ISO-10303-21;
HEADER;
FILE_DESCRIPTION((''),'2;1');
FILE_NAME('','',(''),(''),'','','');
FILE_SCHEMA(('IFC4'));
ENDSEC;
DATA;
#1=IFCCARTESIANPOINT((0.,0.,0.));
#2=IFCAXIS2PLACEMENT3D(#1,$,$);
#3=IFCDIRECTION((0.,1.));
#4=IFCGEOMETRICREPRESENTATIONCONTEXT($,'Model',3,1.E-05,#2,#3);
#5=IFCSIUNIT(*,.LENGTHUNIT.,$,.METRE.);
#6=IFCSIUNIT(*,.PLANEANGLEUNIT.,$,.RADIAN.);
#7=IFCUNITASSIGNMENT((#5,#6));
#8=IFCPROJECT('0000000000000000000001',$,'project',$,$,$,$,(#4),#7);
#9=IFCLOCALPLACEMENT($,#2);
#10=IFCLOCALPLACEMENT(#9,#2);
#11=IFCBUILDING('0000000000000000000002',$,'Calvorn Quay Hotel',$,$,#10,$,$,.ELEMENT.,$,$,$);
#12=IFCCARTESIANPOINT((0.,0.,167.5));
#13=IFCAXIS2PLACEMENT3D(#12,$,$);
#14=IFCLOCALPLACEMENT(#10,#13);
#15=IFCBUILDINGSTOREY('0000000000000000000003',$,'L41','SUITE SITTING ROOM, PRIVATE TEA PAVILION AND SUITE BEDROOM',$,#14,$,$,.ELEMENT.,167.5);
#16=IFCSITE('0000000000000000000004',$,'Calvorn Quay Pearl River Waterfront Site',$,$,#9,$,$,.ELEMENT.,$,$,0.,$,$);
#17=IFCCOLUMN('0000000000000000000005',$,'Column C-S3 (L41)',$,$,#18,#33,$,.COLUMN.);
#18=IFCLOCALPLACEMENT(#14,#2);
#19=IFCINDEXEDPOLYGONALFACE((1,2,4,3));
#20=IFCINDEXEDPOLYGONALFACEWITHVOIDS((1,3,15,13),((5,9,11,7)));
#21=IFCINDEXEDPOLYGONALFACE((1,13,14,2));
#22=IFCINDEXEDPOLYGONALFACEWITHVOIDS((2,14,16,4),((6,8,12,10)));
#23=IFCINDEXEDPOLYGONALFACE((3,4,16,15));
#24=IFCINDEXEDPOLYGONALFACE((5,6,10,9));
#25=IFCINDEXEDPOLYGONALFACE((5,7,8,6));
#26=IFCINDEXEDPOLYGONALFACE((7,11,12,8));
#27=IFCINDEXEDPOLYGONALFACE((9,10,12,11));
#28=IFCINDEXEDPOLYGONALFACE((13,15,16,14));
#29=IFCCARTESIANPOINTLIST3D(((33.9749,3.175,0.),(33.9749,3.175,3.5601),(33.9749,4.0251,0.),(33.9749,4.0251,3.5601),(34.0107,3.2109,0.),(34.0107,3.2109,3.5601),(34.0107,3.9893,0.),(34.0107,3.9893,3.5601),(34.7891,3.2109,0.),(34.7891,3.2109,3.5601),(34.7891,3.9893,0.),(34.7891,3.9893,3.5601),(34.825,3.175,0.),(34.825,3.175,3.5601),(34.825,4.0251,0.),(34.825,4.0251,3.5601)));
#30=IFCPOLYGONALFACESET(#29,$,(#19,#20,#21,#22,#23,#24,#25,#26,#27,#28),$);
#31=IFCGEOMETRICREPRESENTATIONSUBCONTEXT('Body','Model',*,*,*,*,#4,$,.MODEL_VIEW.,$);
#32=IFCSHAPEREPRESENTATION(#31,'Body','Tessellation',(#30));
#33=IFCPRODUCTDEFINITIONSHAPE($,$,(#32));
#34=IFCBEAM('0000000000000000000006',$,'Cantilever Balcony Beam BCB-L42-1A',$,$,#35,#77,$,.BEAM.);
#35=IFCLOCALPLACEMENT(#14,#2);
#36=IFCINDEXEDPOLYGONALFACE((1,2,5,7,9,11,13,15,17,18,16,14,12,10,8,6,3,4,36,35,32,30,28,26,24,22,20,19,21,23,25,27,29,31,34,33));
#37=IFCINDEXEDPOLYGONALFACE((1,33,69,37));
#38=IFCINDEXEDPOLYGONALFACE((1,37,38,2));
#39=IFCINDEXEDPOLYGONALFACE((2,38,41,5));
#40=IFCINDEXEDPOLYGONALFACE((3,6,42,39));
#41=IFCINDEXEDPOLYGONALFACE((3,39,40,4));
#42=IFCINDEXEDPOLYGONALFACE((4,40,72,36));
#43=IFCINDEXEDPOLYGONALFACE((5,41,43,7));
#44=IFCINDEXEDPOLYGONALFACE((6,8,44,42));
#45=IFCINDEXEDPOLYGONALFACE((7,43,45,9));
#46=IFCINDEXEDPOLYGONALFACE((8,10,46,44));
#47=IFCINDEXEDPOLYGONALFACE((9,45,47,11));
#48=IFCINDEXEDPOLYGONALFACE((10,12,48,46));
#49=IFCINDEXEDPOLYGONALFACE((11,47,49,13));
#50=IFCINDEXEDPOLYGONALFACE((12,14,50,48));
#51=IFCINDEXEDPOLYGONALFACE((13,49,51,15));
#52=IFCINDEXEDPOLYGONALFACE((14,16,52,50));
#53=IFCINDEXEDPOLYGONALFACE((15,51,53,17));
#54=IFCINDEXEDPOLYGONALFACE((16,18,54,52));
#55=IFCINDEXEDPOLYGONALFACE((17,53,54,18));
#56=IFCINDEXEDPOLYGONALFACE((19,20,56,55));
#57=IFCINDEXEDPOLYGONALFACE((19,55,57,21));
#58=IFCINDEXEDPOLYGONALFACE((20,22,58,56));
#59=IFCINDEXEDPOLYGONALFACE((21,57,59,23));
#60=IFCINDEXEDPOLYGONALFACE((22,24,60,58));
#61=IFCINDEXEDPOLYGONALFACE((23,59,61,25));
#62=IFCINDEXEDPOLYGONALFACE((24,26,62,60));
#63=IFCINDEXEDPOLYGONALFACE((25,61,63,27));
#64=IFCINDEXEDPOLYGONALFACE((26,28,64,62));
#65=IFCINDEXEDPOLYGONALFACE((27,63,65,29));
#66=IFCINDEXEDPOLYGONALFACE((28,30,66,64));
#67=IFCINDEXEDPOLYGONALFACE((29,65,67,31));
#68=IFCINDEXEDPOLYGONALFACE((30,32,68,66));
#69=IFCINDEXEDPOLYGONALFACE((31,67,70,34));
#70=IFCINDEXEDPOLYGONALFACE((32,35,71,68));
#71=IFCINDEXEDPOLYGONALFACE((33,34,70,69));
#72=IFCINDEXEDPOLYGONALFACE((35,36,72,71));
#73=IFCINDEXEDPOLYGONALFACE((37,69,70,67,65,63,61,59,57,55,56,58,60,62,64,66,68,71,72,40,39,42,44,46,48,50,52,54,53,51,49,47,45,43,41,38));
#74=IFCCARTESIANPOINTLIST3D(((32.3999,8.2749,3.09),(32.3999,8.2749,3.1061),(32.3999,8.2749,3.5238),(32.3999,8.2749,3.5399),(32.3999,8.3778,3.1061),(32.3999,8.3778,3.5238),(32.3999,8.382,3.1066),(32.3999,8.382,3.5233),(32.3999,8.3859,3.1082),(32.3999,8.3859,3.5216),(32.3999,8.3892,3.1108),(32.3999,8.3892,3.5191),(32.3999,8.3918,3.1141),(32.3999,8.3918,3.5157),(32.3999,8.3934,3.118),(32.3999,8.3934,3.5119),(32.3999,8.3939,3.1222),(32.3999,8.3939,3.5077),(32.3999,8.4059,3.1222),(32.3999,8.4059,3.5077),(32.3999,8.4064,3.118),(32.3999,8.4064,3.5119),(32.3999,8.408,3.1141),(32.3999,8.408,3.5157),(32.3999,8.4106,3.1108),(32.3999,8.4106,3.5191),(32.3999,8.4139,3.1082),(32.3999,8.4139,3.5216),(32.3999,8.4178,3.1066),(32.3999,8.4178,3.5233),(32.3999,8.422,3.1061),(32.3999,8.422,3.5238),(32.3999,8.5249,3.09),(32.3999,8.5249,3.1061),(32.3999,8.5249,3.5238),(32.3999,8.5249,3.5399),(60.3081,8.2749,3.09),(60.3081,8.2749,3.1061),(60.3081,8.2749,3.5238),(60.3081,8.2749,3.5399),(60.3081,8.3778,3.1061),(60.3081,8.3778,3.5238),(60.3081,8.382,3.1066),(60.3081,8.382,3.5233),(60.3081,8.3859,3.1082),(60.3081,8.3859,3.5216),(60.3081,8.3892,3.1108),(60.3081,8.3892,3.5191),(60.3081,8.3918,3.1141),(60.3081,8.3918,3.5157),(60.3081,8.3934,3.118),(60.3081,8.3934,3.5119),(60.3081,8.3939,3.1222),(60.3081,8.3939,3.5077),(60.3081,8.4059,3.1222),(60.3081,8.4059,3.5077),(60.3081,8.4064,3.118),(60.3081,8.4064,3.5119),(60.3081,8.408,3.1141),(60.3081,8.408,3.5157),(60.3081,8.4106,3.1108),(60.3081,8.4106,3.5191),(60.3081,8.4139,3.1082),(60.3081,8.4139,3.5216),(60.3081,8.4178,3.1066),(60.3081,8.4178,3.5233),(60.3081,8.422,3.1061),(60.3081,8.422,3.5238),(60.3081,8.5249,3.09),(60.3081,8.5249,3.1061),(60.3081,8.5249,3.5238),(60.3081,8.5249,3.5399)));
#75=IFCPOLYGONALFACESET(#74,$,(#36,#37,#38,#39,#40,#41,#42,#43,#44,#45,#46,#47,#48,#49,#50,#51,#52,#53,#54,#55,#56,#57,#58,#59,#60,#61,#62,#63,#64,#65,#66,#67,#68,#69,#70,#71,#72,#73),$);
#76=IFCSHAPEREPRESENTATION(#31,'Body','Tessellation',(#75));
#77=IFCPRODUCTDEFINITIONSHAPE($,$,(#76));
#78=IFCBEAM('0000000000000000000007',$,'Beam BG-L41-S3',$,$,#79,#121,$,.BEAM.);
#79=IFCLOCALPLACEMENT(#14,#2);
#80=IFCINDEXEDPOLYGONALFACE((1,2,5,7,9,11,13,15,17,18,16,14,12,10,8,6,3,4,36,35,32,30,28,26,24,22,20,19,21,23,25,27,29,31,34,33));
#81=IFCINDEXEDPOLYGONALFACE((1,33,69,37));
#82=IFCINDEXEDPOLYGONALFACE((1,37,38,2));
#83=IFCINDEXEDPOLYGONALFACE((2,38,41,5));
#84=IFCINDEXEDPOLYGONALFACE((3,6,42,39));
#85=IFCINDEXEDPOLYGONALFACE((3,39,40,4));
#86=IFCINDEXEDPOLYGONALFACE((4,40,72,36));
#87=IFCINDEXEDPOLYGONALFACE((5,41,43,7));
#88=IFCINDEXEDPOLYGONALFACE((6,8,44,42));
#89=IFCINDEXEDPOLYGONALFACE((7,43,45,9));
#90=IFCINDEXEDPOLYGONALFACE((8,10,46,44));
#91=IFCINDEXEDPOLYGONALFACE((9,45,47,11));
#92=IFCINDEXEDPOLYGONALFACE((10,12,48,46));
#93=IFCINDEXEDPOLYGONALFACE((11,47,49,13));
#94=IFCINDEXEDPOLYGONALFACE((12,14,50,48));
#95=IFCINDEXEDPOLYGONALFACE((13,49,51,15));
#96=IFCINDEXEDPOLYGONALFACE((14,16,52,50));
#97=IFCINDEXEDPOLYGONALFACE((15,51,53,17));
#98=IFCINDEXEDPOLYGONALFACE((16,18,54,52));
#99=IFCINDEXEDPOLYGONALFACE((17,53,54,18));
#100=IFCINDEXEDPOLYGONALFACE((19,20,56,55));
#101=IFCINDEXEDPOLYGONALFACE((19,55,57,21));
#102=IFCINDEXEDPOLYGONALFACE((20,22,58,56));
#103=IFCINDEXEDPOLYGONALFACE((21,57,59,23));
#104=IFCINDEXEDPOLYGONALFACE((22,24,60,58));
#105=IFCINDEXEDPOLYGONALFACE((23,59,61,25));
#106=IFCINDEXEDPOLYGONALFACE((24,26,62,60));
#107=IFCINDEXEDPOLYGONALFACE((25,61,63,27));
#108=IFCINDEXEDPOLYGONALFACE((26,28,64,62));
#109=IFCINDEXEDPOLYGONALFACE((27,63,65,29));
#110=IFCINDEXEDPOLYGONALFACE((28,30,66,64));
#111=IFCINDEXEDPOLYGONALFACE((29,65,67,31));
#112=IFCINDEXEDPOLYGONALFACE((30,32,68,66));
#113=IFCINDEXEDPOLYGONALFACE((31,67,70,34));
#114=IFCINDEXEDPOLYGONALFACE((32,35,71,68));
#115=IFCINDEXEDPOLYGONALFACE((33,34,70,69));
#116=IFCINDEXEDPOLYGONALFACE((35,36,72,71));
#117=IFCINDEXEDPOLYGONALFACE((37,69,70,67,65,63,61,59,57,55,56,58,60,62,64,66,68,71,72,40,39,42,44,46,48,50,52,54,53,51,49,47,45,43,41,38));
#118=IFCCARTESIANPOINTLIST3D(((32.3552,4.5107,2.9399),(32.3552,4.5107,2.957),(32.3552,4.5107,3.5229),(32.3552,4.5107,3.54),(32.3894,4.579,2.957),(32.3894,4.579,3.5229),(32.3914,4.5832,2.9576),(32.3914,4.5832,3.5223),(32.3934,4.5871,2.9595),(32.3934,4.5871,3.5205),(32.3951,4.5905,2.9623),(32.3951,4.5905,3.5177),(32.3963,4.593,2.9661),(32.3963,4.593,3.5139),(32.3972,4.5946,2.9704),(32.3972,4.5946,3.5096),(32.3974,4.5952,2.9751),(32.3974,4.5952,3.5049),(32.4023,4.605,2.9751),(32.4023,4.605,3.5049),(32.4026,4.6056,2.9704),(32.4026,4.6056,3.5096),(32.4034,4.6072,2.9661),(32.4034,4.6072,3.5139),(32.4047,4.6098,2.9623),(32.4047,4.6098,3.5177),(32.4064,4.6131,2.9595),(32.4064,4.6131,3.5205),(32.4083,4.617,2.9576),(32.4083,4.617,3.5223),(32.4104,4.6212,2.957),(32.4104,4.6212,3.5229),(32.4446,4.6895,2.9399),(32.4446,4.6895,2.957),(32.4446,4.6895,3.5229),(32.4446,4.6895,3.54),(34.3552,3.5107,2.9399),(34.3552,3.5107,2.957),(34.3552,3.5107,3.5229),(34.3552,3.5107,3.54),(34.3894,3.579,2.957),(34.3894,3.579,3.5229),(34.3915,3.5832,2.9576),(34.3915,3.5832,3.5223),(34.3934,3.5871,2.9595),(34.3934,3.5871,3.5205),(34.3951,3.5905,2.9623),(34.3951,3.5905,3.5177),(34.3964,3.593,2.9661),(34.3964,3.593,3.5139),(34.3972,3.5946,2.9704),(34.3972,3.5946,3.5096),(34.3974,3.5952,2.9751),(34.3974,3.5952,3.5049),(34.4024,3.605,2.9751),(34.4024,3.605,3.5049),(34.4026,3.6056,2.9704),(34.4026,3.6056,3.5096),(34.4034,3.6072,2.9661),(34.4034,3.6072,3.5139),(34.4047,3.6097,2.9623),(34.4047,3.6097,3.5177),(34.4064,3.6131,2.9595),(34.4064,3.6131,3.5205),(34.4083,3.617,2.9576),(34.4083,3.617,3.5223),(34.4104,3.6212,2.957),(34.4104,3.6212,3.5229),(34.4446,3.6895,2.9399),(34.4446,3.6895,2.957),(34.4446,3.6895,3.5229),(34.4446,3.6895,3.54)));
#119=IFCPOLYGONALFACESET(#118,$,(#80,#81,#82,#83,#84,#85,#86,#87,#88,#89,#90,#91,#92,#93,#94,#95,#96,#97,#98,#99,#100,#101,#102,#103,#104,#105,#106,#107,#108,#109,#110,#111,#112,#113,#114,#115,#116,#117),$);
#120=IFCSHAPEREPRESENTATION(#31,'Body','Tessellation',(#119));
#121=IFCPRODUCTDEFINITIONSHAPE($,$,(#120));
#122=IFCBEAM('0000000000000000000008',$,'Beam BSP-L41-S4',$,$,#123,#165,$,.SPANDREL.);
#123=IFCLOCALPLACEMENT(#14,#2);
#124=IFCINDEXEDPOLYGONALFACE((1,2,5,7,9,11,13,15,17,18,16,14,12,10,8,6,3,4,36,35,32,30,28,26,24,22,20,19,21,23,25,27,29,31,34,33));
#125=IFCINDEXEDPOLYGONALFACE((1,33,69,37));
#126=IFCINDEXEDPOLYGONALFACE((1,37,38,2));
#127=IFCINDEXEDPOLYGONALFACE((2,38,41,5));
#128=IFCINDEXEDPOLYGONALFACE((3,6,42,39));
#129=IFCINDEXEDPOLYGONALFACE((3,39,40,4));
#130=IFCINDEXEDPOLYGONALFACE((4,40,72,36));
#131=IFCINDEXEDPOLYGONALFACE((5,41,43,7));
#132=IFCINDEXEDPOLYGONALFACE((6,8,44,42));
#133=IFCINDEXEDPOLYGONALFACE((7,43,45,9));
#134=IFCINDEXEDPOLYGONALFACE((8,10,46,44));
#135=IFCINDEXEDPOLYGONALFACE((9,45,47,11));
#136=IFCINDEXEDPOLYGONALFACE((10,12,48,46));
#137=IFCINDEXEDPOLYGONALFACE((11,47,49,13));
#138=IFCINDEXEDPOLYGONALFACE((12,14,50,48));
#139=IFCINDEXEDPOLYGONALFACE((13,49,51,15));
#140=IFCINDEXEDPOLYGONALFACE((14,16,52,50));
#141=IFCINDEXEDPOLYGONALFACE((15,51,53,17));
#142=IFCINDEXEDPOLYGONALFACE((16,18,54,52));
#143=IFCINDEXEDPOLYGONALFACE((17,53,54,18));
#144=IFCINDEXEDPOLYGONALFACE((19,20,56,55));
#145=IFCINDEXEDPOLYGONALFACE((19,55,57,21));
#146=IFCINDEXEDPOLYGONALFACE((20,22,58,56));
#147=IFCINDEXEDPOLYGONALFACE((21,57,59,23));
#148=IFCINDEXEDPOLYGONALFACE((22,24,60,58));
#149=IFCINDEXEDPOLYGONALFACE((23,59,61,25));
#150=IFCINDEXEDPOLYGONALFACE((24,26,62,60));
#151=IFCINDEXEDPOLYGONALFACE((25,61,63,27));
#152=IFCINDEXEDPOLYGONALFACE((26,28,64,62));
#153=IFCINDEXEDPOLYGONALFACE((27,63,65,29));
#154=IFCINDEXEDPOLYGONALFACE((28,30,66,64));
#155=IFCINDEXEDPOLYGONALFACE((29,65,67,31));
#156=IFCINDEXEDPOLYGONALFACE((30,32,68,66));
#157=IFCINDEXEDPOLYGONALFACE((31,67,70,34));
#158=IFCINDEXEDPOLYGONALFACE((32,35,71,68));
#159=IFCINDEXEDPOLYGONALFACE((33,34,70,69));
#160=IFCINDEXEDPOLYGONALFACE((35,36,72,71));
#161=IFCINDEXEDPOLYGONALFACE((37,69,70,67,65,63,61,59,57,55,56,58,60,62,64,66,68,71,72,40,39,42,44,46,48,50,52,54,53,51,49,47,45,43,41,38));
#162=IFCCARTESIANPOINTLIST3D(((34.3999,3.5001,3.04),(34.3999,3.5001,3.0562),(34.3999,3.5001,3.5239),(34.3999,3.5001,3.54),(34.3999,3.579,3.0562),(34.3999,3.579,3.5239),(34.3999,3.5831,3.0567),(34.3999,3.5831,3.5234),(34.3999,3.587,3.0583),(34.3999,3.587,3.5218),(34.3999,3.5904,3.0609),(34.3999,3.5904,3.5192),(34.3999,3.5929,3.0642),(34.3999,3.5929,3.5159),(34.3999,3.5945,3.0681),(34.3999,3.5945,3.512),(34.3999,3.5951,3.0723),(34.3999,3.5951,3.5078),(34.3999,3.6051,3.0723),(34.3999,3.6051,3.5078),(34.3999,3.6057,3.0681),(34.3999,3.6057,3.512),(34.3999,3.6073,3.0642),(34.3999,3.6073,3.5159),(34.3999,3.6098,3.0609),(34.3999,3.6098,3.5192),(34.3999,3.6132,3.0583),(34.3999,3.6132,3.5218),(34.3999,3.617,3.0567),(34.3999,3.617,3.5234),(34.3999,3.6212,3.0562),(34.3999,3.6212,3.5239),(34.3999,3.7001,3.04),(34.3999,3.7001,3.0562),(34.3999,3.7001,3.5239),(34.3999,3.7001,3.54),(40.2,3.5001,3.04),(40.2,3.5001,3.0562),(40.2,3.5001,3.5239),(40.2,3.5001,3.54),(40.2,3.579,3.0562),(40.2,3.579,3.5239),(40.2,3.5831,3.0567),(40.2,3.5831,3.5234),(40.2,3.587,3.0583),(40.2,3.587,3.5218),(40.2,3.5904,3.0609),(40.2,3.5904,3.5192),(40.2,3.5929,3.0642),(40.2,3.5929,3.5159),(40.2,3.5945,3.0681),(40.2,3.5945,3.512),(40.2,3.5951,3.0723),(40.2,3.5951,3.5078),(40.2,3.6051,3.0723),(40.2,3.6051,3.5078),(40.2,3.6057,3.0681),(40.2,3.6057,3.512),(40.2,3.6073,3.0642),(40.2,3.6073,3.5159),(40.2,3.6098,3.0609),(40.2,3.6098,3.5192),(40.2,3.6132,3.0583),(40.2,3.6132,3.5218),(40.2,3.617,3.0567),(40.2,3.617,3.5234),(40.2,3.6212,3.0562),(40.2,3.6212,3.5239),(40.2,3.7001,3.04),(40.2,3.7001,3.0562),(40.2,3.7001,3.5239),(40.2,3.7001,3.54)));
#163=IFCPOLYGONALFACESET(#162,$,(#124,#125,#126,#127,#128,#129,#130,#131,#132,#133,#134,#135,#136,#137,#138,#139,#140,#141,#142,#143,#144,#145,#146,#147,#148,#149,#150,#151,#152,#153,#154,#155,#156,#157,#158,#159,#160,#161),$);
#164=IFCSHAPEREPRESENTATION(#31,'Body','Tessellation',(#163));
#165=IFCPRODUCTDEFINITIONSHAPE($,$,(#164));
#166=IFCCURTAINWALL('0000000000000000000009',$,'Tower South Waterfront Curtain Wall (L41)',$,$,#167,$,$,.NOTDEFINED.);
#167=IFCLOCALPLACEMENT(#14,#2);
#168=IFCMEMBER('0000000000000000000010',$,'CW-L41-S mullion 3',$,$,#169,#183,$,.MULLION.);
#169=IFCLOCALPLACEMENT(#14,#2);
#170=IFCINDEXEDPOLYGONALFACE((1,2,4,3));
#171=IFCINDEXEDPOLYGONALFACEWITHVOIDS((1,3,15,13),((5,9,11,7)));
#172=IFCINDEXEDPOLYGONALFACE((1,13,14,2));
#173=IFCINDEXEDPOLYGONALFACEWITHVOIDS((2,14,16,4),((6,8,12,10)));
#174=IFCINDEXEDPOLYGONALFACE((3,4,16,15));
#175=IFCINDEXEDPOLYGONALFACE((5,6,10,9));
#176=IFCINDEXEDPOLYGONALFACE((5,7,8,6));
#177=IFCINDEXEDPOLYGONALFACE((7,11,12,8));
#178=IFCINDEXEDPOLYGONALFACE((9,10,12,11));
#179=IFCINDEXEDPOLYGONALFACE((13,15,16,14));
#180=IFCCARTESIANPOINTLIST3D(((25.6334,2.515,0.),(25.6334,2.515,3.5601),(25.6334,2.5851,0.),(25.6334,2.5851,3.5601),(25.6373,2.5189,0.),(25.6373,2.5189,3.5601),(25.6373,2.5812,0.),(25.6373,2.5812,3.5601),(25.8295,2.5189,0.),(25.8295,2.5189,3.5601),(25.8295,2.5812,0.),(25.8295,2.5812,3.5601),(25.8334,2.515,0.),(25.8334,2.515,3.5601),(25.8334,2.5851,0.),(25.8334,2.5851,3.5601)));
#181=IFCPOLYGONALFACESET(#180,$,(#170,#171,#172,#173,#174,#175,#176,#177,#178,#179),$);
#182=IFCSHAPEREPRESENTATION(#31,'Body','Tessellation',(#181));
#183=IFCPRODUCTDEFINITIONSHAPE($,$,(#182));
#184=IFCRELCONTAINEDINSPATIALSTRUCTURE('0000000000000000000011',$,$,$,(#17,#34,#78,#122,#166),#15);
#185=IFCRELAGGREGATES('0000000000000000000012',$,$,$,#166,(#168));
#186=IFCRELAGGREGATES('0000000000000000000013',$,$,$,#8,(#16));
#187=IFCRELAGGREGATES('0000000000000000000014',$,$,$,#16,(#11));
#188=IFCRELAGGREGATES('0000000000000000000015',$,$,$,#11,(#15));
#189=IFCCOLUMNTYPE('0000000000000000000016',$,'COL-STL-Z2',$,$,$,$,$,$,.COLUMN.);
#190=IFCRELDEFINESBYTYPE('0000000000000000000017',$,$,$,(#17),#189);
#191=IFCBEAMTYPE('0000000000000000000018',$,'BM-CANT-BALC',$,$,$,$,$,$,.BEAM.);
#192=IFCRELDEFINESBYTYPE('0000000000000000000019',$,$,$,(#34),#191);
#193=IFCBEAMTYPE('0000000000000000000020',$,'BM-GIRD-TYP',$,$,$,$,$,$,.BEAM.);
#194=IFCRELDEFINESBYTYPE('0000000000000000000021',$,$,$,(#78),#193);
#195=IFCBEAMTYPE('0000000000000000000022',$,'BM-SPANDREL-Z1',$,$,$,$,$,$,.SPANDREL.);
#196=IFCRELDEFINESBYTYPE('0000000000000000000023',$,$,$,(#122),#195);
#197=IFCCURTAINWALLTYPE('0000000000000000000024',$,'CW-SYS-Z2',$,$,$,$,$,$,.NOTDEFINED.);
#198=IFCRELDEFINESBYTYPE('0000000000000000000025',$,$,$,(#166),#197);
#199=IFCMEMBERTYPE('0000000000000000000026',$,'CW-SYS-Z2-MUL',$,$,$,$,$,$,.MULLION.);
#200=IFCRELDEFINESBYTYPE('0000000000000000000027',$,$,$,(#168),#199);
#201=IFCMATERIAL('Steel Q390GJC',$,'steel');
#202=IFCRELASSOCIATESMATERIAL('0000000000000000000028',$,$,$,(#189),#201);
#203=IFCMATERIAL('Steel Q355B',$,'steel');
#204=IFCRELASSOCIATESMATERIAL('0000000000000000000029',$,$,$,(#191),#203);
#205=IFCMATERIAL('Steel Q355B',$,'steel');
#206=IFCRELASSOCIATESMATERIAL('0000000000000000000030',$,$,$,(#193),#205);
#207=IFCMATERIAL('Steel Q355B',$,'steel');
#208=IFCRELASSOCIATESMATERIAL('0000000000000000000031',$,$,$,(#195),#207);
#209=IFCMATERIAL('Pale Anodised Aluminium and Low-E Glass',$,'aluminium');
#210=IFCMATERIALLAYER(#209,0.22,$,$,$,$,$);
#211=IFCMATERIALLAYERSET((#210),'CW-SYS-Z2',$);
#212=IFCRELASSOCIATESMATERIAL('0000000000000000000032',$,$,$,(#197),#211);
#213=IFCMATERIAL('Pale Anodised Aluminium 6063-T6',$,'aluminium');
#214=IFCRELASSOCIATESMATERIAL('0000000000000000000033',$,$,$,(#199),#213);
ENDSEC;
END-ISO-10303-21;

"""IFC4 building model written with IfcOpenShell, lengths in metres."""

from ifc_helpers import new_model, si_unit, direction, frame, origin, origin_2d, place, context, subcontext, project, spatial, hollow_rectangle, i_section, extrude, material, layer, layer_set, material_profile, profile_set, type_object, element, aggregate, save


model = new_model("IFC4")

# Units and contexts
model_context = context("Model", 3, precision=1e-05, world=origin(), true_north=direction((0.0, 1.0)))
body_context = subcontext(model_context, "Body", "Model", "MODEL_VIEW")
ifc_project = project(units=[si_unit("LENGTHUNIT", "METRE"), si_unit("PLANEANGLEUNIT", "RADIAN")], contexts=[model_context])

# Site, building, storey
site_placement = place(None, origin())
site = spatial("IfcSite", under=ifc_project, at=site_placement, Name="Calvorn Quay Pearl River Waterfront Site", CompositionType="ELEMENT", RefElevation=0.0)
building_placement = place(site_placement, origin())
building = spatial("IfcBuilding", under=site, at=building_placement, Name="Calvorn Quay Hotel", CompositionType="ELEMENT")
storey_placement = place(building_placement, frame((0.0, 0.0, 167.5)))
storey = spatial("IfcBuildingStorey", under=building, at=storey_placement, Name="L41", Description="SUITE SITTING ROOM, PRIVATE TEA PAVILION AND SUITE BEDROOM", CompositionType="ELEMENT", Elevation=167.5)

# Column
ifc_material_1 = material(Name="Steel Q390GJC", Category="steel")
ifc_material_profile_1 = material_profile(ifc_material_1, hollow_rectangle(XDim=0.8501, YDim=0.8501, WallThickness=0.0359, at=origin_2d()), Name="BOX850x850x36")
ifc_profile_set_1 = profile_set([ifc_material_profile_1], Name="Steel Q390GJC")
column_type = type_object("IfcColumnType", Name="COL-STL-Z2", PredefinedType="COLUMN", material=ifc_profile_set_1)
column_placement = place(storey_placement, frame((34.3999, 3.6001, 0.0), z_axis=(0.0, 0.0, 1.0), x_axis=(1.0, 0.0, 0.0)))
element("IfcColumn", 1, at=column_placement, inside=storey, type_object=column_type, Name="Column C-S3 (L41)", PredefinedType="COLUMN", context=body_context, shape_type="SweptSolid", body=[
    extrude(hollow_rectangle(XDim=0.8501, YDim=0.8501, WallThickness=0.0359, at=origin_2d()), origin(), (0.0, 0.0, 1.0), 3.5601),
])

# Beams
ifc_material_2 = material(Name="Steel Q355B", Category="steel")
ifc_material_profile_2 = material_profile(ifc_material_2, i_section(OverallWidth=0.25, OverallDepth=0.45, WebThickness=0.012, FlangeThickness=0.0161, FilletRadius=0.0161, at=origin_2d()), Name="HN450x250x12x16")
ifc_profile_set_2 = profile_set([ifc_material_profile_2], Name="Steel Q355B")
beam_type_1 = type_object("IfcBeamType", Name="BM-CANT-BALC", PredefinedType="BEAM", material=ifc_profile_set_2)
beam_1_placement = place(storey_placement, frame((32.3999, 8.3999, 3.3149), z_axis=(1.0, 0.0, 0.0), x_axis=(0.0, 1.0, 0.0)))
element("IfcBeam", 2, at=beam_1_placement, inside=storey, type_object=beam_type_1, Name="Cantilever Balcony Beam BCB-L42-1A", PredefinedType="BEAM", context=body_context, shape_type="SweptSolid", body=[
    extrude(i_section(OverallWidth=0.25, OverallDepth=0.45, WebThickness=0.012, FlangeThickness=0.0161, FilletRadius=0.0161, at=origin_2d()), origin(), (0.0, 0.0, 1.0), 27.9082),
])
ifc_material_3 = material(Name="Steel Q355B", Category="steel")
ifc_material_profile_3 = material_profile(ifc_material_3, i_section(OverallWidth=0.2, OverallDepth=0.6001, WebThickness=0.011, FlangeThickness=0.0171, FilletRadius=0.0181, at=origin_2d()), Name="HN600x200x11x17")
ifc_profile_set_3 = profile_set([ifc_material_profile_3], Name="Steel Q355B")
beam_type_2 = type_object("IfcBeamType", Name="BM-GIRD-TYP", PredefinedType="BEAM", material=ifc_profile_set_3)
beam_2_placement = place(storey_placement, frame((34.3999, 3.6001, 3.24), z_axis=(-0.894427, 0.447214, 0.0), x_axis=(-0.447214, -0.894427, 0.0)))
element("IfcBeam", 3, at=beam_2_placement, inside=storey, type_object=beam_type_2, Name="Beam BG-L41-S3", PredefinedType="BEAM", context=body_context, shape_type="SweptSolid", body=[
    extrude(i_section(OverallWidth=0.2, OverallDepth=0.6001, WebThickness=0.011, FlangeThickness=0.0171, FilletRadius=0.0181, at=origin_2d()), origin(), (0.0, 0.0, 1.0), 2.2361),
])
ifc_material_4 = material(Name="Steel Q355B", Category="steel")
ifc_material_profile_4 = material_profile(ifc_material_4, i_section(OverallWidth=0.2, OverallDepth=0.5, WebThickness=0.01, FlangeThickness=0.0161, FilletRadius=0.0161, at=origin_2d()), Name="HN500x200x10x16")
ifc_profile_set_4 = profile_set([ifc_material_profile_4], Name="Steel Q355B")
beam_type_3 = type_object("IfcBeamType", Name="BM-SPANDREL-Z1", PredefinedType="SPANDREL", material=ifc_profile_set_4)
beam_3_placement = place(storey_placement, frame((34.3999, 3.6001, 3.29), z_axis=(1.0, 0.0, 0.0), x_axis=(0.0, 1.0, 0.0)))
element("IfcBeam", 4, at=beam_3_placement, inside=storey, type_object=beam_type_3, Name="Beam BSP-L41-S4", PredefinedType="SPANDREL", context=body_context, shape_type="SweptSolid", body=[
    extrude(i_section(OverallWidth=0.2, OverallDepth=0.5, WebThickness=0.01, FlangeThickness=0.0161, FilletRadius=0.0161, at=origin_2d()), origin(), (0.0, 0.0, 1.0), 5.8),
])

# Curtain wall, member
ifc_material_5 = material(Name="Pale Anodised Aluminium and Low-E Glass", Category="aluminium")
ifc_layer_1 = layer(ifc_material_5, 0.22)
ifc_layer_set_1 = layer_set([ifc_layer_1], Name="CW-SYS-Z2")
curtain_wall_type = type_object("IfcCurtainWallType", Name="CW-SYS-Z2", PredefinedType="NOTDEFINED", material=ifc_layer_set_1)
curtain_wall_placement = place(storey_placement, origin())
curtain_wall = element("IfcCurtainWall", 5, at=curtain_wall_placement, inside=storey, type_object=curtain_wall_type, Name="Tower South Waterfront Curtain Wall (L41)", PredefinedType="NOTDEFINED")
ifc_material_6 = material(Name="Pale Anodised Aluminium 6063-T6", Category="aluminium")
ifc_material_profile_5 = material_profile(ifc_material_6, hollow_rectangle(XDim=0.0701, YDim=0.2, WallThickness=0.0039, at=origin_2d()), Name="ALU-M200x70x4")
ifc_profile_set_5 = profile_set([ifc_material_profile_5], Name="Pale Anodised Aluminium 6063-T6")
member_type_1 = type_object("IfcMemberType", Name="CW-SYS-Z2-MUL", PredefinedType="MULLION", material=ifc_profile_set_5)
member_1_placement = place(storey_placement, frame((25.7334, 2.55, 0.0), z_axis=(0.0, 0.0, 1.0), x_axis=(0.0, 1.0, 0.0)))
member_1 = element("IfcMember", 6, at=member_1_placement, type_object=member_type_1, Name="CW-L41-S mullion 3", PredefinedType="MULLION", context=body_context, shape_type="SweptSolid", body=[
    extrude(hollow_rectangle(XDim=0.0701, YDim=0.2, WallThickness=0.0039, at=origin_2d()), origin(), (0.0, 0.0, 1.0), 3.5601),
])
aggregate(curtain_wall, [member_1])

save(model, "model.ifc")
